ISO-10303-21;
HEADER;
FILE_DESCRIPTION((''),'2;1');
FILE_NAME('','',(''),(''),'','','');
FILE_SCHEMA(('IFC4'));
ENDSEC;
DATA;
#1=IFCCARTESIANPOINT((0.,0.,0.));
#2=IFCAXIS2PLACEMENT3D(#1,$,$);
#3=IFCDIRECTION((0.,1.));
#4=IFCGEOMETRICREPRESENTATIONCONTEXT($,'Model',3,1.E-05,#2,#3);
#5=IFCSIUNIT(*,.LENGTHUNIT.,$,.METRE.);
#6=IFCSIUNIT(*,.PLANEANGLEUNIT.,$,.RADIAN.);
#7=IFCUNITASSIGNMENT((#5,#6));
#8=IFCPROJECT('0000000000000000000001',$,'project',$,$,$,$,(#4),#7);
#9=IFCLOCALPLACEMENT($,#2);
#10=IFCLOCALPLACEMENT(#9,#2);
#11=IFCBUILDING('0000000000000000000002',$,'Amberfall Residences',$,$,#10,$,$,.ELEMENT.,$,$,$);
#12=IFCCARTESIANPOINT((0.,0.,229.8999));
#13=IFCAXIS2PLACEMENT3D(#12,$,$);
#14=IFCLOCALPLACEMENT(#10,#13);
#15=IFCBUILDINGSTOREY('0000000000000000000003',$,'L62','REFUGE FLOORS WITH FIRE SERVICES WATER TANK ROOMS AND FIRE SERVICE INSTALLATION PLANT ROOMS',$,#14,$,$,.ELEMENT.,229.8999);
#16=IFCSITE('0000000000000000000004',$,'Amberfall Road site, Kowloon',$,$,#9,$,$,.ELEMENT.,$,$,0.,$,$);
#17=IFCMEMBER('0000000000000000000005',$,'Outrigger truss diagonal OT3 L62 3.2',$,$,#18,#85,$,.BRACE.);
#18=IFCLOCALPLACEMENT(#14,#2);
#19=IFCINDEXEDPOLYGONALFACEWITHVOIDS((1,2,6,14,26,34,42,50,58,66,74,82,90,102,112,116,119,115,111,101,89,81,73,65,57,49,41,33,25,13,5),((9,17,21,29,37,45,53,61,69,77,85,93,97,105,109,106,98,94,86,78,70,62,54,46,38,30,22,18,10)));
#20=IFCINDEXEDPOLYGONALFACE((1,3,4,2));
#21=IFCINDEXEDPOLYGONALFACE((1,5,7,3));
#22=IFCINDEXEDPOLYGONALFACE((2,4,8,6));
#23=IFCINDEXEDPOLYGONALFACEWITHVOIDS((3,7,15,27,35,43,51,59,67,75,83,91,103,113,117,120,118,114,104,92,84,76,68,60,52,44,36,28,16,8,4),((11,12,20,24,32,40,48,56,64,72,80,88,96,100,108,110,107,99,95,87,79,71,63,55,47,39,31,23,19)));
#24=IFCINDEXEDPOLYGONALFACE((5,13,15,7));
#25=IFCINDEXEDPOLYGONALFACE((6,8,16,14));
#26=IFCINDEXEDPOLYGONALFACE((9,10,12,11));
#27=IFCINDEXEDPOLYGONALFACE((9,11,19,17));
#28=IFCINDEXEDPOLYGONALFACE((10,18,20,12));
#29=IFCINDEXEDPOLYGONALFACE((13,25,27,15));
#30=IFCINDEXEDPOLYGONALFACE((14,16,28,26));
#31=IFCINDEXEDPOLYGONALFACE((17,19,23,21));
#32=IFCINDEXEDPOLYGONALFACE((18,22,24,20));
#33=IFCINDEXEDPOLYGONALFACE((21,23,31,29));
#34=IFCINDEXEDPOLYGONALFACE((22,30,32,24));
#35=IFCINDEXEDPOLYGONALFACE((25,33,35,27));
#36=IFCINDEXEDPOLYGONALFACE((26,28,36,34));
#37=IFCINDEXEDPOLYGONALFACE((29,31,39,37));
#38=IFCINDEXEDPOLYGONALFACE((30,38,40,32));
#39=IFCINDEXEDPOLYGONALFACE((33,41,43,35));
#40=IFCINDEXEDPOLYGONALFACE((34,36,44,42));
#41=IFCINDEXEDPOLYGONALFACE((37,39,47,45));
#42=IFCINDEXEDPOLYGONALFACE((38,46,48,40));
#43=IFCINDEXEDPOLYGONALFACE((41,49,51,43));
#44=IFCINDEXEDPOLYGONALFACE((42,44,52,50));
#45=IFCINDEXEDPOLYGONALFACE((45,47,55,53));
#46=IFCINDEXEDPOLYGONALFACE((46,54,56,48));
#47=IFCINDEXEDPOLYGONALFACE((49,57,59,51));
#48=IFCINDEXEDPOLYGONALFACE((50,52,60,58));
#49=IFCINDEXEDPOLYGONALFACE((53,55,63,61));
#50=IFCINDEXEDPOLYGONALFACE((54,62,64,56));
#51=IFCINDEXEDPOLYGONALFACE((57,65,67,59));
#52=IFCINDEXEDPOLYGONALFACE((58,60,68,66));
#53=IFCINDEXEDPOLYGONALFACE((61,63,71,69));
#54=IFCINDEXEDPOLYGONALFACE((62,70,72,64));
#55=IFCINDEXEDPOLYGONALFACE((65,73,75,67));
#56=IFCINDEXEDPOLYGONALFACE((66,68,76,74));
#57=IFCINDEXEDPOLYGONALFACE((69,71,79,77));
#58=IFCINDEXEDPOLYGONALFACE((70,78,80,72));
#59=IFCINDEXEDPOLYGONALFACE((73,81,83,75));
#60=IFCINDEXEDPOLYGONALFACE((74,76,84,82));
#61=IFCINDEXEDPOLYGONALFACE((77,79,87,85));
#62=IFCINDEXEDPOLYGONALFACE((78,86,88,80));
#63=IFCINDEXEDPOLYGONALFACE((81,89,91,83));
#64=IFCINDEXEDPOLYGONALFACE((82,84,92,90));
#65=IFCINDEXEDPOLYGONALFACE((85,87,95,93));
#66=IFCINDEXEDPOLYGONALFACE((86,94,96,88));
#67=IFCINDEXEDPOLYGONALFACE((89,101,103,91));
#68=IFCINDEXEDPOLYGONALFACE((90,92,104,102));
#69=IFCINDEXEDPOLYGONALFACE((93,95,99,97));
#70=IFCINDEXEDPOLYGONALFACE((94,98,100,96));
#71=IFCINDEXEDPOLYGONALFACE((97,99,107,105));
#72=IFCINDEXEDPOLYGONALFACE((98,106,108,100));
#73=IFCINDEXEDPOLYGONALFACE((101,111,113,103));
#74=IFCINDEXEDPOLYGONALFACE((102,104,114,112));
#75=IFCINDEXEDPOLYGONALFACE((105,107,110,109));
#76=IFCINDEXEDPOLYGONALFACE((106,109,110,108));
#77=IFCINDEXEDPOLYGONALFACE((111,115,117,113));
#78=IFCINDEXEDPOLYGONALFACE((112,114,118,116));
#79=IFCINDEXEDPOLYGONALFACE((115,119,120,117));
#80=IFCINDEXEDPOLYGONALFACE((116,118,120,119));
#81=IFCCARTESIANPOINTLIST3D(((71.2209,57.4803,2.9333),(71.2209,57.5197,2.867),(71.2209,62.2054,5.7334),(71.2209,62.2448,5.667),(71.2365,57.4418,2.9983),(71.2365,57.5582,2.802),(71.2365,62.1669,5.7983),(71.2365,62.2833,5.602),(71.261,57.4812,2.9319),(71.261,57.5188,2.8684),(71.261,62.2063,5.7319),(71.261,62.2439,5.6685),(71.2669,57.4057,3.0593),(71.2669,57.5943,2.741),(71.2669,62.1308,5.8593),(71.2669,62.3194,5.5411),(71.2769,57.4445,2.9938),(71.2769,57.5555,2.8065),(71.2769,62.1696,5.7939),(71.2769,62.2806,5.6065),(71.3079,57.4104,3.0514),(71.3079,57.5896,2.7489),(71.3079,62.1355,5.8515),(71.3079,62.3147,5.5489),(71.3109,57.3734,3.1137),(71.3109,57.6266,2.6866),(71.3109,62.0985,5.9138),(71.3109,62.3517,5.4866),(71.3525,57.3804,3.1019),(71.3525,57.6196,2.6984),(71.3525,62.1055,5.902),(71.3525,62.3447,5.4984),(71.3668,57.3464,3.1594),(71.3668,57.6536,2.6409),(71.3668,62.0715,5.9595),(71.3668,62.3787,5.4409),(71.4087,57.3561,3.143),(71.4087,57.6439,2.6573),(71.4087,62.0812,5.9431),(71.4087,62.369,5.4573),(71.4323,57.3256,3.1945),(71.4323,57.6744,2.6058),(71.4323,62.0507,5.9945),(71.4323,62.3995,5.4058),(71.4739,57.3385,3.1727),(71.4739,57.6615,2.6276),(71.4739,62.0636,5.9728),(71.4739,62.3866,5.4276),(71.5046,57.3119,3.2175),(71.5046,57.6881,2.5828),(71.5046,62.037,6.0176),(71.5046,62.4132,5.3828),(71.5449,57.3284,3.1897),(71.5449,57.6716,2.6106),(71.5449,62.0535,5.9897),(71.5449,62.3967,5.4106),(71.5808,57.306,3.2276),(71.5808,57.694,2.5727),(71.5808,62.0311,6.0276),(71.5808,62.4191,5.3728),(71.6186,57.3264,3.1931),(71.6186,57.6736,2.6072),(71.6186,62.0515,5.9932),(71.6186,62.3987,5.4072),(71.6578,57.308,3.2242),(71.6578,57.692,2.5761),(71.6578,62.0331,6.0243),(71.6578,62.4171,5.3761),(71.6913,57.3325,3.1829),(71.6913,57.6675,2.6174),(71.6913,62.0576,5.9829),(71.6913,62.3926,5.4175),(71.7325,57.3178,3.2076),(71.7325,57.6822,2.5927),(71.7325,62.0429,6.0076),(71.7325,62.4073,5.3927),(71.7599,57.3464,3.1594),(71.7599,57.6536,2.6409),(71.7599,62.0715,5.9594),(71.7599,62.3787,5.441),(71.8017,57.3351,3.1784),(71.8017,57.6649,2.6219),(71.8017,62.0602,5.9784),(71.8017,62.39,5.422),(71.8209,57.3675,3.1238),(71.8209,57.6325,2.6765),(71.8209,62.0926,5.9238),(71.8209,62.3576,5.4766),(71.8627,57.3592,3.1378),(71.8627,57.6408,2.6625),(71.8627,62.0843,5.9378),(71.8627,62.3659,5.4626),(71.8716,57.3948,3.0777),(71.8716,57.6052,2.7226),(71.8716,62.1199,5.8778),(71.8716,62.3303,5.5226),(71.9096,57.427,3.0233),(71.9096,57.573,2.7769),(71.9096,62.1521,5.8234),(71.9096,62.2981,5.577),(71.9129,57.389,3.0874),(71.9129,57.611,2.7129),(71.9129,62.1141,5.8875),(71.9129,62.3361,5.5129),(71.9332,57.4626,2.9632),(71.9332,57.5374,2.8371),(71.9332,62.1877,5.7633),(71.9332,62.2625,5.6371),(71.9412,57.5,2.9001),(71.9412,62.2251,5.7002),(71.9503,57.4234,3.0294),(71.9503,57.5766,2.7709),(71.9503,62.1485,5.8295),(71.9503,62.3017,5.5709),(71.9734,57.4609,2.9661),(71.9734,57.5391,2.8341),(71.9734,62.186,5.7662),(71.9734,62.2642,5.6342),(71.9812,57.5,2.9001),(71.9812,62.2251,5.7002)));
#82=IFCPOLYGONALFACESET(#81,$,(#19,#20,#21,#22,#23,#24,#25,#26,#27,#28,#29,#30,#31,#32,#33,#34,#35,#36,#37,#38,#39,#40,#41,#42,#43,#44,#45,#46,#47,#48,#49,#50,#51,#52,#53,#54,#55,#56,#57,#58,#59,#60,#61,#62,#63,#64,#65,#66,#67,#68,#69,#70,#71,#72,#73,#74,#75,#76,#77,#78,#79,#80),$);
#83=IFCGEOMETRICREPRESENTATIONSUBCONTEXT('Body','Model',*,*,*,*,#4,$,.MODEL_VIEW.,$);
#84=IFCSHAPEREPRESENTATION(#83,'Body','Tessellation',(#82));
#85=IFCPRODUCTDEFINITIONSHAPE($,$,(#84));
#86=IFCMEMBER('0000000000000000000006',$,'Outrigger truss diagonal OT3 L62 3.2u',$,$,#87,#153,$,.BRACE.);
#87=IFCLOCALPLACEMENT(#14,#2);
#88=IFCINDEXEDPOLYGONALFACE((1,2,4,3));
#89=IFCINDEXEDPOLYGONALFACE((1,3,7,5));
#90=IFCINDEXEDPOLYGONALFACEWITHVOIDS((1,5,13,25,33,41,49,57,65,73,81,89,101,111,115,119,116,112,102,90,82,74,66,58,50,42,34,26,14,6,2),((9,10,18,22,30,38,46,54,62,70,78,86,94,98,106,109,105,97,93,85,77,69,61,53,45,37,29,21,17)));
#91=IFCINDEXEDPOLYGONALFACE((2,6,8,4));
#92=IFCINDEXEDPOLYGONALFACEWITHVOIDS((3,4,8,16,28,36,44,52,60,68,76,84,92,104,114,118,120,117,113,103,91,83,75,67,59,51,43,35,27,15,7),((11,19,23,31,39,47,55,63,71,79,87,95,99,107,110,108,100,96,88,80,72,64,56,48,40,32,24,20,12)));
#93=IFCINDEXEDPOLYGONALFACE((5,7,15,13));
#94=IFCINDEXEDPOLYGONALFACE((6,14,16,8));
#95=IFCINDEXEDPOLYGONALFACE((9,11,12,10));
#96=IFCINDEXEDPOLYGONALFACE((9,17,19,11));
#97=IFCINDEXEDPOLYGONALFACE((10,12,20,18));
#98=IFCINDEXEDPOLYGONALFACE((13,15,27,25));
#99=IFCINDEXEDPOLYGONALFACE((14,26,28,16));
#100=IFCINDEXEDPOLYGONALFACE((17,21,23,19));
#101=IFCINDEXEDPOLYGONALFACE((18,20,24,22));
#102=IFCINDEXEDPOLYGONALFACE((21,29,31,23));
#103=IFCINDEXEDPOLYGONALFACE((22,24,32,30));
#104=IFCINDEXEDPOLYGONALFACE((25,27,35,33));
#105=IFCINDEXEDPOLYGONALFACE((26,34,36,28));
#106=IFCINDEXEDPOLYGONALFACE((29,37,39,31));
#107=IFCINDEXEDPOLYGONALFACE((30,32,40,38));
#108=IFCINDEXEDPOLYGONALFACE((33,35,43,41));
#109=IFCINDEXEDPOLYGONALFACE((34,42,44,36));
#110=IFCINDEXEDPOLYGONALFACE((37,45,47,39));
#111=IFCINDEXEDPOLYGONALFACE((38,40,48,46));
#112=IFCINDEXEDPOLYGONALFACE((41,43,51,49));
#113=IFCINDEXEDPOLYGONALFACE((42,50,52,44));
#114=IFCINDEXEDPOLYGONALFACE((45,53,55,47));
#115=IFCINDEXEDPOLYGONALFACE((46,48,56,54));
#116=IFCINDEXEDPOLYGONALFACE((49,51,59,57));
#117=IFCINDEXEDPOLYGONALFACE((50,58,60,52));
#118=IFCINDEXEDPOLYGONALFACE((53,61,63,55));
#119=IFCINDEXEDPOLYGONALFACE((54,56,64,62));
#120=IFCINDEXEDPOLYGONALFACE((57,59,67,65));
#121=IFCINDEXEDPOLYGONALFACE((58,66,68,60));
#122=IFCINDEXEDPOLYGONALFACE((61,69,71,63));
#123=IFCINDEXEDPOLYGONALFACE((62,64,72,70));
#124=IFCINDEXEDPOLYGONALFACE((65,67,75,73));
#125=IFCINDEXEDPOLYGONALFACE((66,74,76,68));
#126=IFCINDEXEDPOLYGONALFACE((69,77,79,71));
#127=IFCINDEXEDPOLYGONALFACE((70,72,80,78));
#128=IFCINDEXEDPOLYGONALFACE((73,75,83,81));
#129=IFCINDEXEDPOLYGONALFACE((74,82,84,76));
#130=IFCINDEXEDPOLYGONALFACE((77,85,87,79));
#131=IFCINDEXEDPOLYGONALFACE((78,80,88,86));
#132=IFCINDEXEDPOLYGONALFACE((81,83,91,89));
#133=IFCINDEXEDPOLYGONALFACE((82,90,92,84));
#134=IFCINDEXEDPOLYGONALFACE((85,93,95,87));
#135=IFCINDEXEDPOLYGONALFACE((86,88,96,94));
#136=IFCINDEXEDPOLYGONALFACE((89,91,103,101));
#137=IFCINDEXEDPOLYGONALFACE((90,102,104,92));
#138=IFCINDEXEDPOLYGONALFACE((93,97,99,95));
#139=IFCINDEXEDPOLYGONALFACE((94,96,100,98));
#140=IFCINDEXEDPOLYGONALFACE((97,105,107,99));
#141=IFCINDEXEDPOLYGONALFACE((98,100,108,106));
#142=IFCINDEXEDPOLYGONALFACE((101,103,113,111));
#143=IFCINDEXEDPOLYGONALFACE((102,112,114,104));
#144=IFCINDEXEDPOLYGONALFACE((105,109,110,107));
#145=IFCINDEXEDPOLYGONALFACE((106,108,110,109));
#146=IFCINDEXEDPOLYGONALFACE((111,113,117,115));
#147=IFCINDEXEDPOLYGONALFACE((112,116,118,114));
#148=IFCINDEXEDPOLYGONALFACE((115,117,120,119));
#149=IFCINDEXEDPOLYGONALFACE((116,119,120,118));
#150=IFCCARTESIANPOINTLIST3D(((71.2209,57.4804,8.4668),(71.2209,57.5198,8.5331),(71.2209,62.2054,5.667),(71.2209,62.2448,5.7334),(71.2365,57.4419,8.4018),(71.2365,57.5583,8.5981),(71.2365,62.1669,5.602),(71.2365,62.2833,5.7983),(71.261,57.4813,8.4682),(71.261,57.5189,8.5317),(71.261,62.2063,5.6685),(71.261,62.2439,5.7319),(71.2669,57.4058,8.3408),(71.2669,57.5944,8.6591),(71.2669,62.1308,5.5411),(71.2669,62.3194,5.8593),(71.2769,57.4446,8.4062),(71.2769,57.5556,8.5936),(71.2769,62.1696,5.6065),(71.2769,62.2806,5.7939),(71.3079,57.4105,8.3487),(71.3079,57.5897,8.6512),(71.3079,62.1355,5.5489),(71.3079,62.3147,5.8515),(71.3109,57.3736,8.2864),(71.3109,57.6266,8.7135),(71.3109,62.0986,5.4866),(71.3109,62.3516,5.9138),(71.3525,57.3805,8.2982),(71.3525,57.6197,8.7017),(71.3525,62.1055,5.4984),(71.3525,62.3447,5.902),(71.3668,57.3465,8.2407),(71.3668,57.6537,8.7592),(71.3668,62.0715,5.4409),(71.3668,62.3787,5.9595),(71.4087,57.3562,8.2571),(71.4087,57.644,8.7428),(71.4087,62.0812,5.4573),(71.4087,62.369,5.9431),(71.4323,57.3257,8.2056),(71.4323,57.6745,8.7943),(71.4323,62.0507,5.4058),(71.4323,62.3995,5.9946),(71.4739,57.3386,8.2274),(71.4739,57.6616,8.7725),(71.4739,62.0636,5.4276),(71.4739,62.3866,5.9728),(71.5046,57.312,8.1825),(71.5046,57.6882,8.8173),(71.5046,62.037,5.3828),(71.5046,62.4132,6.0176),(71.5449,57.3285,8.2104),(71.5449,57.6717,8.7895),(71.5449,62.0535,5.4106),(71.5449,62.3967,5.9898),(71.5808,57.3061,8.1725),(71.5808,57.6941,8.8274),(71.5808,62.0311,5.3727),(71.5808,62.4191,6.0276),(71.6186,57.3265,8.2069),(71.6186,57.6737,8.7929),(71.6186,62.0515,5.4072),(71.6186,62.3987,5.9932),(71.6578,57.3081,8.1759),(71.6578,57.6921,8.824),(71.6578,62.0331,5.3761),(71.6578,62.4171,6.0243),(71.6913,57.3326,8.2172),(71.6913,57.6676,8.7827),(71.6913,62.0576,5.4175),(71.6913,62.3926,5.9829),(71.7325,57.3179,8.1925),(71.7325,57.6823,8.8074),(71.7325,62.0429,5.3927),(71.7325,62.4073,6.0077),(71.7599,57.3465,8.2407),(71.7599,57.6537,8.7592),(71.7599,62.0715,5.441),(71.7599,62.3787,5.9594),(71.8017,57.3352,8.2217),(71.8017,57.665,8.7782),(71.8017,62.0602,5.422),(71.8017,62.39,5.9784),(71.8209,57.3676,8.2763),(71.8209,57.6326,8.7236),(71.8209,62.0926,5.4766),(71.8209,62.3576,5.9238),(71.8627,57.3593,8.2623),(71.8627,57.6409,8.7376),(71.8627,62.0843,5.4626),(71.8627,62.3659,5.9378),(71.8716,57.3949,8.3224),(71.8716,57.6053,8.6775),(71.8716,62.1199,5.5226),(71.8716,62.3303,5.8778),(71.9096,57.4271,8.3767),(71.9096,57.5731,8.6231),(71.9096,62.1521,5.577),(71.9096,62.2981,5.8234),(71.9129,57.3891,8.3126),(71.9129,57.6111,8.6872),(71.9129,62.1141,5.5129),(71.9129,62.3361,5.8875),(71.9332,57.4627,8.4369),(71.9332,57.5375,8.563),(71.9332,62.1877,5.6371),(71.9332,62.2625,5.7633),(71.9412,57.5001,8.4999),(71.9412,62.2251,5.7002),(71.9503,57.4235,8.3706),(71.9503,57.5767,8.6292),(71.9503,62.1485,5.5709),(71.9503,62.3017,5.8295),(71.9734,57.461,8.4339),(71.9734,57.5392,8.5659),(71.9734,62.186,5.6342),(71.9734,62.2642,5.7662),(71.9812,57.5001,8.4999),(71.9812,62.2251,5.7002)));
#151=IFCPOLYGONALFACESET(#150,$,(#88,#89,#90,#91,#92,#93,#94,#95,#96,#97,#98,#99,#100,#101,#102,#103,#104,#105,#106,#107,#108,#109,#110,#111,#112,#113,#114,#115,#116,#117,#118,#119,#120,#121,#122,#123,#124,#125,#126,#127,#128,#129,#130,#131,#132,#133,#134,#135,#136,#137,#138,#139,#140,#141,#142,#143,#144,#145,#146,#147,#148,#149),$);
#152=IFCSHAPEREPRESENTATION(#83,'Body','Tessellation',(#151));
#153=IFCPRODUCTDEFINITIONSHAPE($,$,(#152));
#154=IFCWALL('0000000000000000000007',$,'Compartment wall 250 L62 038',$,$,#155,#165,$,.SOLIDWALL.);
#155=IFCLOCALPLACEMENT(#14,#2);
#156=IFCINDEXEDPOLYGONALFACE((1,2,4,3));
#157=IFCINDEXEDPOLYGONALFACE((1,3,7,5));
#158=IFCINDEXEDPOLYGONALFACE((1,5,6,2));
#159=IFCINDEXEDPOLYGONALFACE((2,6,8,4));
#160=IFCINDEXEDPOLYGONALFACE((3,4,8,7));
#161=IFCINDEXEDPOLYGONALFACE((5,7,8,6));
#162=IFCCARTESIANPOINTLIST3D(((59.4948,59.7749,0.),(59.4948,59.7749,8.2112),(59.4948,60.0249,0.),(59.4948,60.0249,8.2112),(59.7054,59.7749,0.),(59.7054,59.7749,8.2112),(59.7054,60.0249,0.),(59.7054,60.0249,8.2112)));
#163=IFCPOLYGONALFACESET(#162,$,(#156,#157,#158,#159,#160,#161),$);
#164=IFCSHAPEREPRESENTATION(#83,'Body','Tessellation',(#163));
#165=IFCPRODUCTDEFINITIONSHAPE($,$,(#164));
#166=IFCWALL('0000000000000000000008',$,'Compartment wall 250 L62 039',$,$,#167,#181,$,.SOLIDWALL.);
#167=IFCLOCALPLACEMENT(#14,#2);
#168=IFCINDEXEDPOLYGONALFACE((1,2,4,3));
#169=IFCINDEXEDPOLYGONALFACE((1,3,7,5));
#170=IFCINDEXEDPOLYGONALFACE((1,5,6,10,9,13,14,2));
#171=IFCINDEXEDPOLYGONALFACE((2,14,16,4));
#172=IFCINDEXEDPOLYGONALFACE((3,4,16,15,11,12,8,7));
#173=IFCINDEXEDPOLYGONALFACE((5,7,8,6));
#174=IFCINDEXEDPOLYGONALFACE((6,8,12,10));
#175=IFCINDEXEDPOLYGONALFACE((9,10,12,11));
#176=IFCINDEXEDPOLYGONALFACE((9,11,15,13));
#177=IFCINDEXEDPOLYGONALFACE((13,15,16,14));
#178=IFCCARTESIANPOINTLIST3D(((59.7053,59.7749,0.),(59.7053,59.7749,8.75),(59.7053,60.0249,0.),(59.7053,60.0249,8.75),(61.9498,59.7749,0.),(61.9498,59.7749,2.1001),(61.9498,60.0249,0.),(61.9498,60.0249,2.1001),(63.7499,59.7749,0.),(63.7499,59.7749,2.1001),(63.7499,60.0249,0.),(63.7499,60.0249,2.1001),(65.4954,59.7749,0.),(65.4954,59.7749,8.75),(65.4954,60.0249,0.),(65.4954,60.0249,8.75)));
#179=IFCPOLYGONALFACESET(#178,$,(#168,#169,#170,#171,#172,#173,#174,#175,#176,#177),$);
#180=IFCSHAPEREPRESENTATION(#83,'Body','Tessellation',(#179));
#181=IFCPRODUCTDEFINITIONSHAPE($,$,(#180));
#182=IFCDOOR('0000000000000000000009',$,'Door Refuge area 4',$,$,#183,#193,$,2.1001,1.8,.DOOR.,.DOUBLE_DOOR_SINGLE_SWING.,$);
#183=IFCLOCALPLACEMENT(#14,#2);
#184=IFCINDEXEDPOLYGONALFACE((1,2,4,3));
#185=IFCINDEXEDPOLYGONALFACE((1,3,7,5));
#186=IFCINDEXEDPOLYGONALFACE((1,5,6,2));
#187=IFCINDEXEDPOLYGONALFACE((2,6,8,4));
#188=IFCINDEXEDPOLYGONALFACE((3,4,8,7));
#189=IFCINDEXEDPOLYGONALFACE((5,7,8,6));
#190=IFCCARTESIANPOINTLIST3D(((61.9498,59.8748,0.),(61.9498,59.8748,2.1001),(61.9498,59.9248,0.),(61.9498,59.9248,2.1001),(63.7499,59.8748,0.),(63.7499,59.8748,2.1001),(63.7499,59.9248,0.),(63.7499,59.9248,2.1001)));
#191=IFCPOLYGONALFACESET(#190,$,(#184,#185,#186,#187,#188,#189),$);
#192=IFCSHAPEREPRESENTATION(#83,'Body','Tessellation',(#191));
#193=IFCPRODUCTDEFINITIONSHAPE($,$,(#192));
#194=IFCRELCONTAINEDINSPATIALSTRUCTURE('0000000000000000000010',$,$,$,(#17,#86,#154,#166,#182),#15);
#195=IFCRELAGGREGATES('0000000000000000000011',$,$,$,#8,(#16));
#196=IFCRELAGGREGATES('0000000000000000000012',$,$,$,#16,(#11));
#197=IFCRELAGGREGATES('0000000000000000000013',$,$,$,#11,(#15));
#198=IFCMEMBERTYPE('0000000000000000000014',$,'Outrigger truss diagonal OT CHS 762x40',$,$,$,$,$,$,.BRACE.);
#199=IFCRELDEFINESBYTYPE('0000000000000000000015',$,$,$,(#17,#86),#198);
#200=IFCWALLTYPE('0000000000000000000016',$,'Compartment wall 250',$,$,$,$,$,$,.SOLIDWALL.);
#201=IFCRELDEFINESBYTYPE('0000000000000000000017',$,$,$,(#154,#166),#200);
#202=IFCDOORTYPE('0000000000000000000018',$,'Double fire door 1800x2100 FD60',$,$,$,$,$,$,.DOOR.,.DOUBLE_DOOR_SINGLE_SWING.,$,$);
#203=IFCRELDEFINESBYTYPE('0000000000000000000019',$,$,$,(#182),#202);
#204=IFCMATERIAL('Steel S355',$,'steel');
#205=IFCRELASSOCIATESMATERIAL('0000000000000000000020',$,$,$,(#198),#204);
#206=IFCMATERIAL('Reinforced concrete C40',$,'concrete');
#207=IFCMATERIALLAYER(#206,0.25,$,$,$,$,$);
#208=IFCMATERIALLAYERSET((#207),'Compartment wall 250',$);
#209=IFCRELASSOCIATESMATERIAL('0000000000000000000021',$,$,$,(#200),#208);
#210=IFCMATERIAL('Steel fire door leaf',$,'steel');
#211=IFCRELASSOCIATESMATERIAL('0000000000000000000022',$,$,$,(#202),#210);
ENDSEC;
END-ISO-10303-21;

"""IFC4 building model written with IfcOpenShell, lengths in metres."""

from ifc_helpers import new_model, si_unit, direction, frame, frame_2d, origin, origin_2d, place, context, subcontext, project, spatial, rectangle, hollow_circle, extrude, material, layer, layer_set, material_profile, profile_set, type_object, element, fill, save


model = new_model("IFC4")

# Units and contexts
model_context = context("Model", 3, precision=1e-05, world=origin(), true_north=direction((0.0, 1.0)))
body_context = subcontext(model_context, "Body", "Model", "MODEL_VIEW")
ifc_project = project(units=[si_unit("LENGTHUNIT", "METRE"), si_unit("PLANEANGLEUNIT", "RADIAN")], contexts=[model_context])

# Site, building, storey
site_placement = place(None, origin())
site = spatial("IfcSite", under=ifc_project, at=site_placement, Name="Amberfall Road site, Kowloon", CompositionType="ELEMENT", RefElevation=0.0)
building_placement = place(site_placement, origin())
building = spatial("IfcBuilding", under=site, at=building_placement, Name="Amberfall Residences", CompositionType="ELEMENT")
storey_placement = place(building_placement, frame((0.0, 0.0, 229.8999)))
storey = spatial("IfcBuildingStorey", under=building, at=storey_placement, Name="L62", Description="REFUGE FLOORS WITH FIRE SERVICES WATER TANK ROOMS AND FIRE SERVICE INSTALLATION PLANT ROOMS", CompositionType="ELEMENT", Elevation=229.8999)

# Shared definitions
ifc_material_1 = material(Name="Steel S355", Category="steel")

# Members
ifc_material_profile_1 = material_profile(ifc_material_1, hollow_circle(Radius=0.3811, WallThickness=0.04, at=origin_2d()), Name="CHS 762x40")
ifc_profile_set_1 = profile_set([ifc_material_profile_1], Name="Steel S355")
member_type_1 = type_object("IfcMemberType", Name="Outrigger truss diagonal OT CHS 762x40", PredefinedType="BRACE", material=ifc_profile_set_1)
member_1_placement = place(storey_placement, frame((71.6001, 62.2251, 5.7002), z_axis=(0.0, -0.860292, -0.509801), x_axis=(1.0, 0.0, 0.0)))
element("IfcMember", 1, at=member_1_placement, inside=storey, type_object=member_type_1, Name="Outrigger truss diagonal OT3 L62 3.2", PredefinedType="BRACE", context=body_context, shape_type="SweptSolid", body=[
    extrude(hollow_circle(Radius=0.3811, WallThickness=0.04, at=origin_2d()), origin(), (0.0, 0.0, 1.0), 5.4924),
])
member_2_placement = place(storey_placement, frame((71.6001, 62.2251, 5.7002), z_axis=(0.0, -0.860312, 0.509768), x_axis=(1.0, 0.0, 0.0)))
element("IfcMember", 2, at=member_2_placement, inside=storey, type_object=member_type_1, Name="Outrigger truss diagonal OT3 L62 3.2u", PredefinedType="BRACE", context=body_context, shape_type="SweptSolid", body=[
    extrude(hollow_circle(Radius=0.3811, WallThickness=0.04, at=origin_2d()), origin(), (0.0, 0.0, 1.0), 5.4922),
])

# Wall
ifc_material_2 = material(Name="Reinforced concrete C40", Category="concrete")
ifc_layer = layer(ifc_material_2, 0.25)
ifc_layer_set = layer_set([ifc_layer], Name="Compartment wall 250")
wall_type = type_object("IfcWallType", Name="Compartment wall 250", PredefinedType="SOLIDWALL", material=ifc_layer_set)
wall_1_placement = place(storey_placement, frame((59.4946, 59.8999, 0.0), z_axis=(0.0, 0.0, 1.0), x_axis=(1.0, 0.0, 0.0)))
element("IfcWall", 3, at=wall_1_placement, inside=storey, type_object=wall_type, Name="Compartment wall 250 L62 038", PredefinedType="SOLIDWALL", context=body_context, shape_type="SweptSolid", body=[
    extrude(rectangle(XDim=0.2107, YDim=0.25, at=frame_2d((0.1055, 0.0))), origin(), (0.0, 0.0, 1.0), 8.2112),
])

# Wall, opening, door
wall_2_placement = place(storey_placement, frame((59.7053, 59.8999, 0.0), z_axis=(0.0, 0.0, 1.0), x_axis=(1.0, 0.0, 0.0)))
wall_2 = element("IfcWall", 4, at=wall_2_placement, inside=storey, type_object=wall_type, Name="Compartment wall 250 L62 039", PredefinedType="SOLIDWALL", context=body_context, shape_type="SweptSolid", body=[
    extrude(rectangle(XDim=5.79, YDim=0.25, at=frame_2d((2.895, 0.0))), origin(), (0.0, 0.0, 1.0), 8.75),
])
opening_1_placement = place(wall_2_placement, frame((2.2446, 0.0, 0.0)))
opening_1 = element("IfcOpeningElement", 5, at=opening_1_placement, cuts=wall_2, PredefinedType="OPENING", context=body_context, shape_type="SweptSolid", body=[
    extrude(rectangle(XDim=1.8, YDim=2.1001, at=frame_2d((0.8999, 1.05))), frame((0.0, 0.135, 0.0), z_axis=(0.0, -1.0, 0.0), x_axis=(1.0, 0.0, 0.0)), (0.0, 0.0, 1.0), 0.27),
])
ifc_material_3 = material(Name="Steel fire door leaf", Category="steel")
door_type_1 = type_object("IfcDoorType", Name="Double fire door 1800x2100 FD60", OperationType="DOUBLE_DOOR_SINGLE_SWING", PredefinedType="DOOR", material=ifc_material_3)
door_1_placement = place(opening_1_placement, origin())
door_1 = element("IfcDoor", 6, at=door_1_placement, inside=storey, type_object=door_type_1, Name="Door Refuge area 4", OperationType="DOUBLE_DOOR_SINGLE_SWING", OverallHeight=2.1001, OverallWidth=1.8, PredefinedType="DOOR", context=body_context, shape_type="SweptSolid", body=[
    extrude(rectangle(XDim=1.8, YDim=2.1001, at=frame_2d((0.8999, 1.05))), frame((0.0, 0.0249, 0.0), z_axis=(0.0, -1.0, 0.0), x_axis=(1.0, 0.0, 0.0)), (0.0, 0.0, 1.0), 0.05),
])
fill(opening_1, door_1)

save(model, "model.ifc")
